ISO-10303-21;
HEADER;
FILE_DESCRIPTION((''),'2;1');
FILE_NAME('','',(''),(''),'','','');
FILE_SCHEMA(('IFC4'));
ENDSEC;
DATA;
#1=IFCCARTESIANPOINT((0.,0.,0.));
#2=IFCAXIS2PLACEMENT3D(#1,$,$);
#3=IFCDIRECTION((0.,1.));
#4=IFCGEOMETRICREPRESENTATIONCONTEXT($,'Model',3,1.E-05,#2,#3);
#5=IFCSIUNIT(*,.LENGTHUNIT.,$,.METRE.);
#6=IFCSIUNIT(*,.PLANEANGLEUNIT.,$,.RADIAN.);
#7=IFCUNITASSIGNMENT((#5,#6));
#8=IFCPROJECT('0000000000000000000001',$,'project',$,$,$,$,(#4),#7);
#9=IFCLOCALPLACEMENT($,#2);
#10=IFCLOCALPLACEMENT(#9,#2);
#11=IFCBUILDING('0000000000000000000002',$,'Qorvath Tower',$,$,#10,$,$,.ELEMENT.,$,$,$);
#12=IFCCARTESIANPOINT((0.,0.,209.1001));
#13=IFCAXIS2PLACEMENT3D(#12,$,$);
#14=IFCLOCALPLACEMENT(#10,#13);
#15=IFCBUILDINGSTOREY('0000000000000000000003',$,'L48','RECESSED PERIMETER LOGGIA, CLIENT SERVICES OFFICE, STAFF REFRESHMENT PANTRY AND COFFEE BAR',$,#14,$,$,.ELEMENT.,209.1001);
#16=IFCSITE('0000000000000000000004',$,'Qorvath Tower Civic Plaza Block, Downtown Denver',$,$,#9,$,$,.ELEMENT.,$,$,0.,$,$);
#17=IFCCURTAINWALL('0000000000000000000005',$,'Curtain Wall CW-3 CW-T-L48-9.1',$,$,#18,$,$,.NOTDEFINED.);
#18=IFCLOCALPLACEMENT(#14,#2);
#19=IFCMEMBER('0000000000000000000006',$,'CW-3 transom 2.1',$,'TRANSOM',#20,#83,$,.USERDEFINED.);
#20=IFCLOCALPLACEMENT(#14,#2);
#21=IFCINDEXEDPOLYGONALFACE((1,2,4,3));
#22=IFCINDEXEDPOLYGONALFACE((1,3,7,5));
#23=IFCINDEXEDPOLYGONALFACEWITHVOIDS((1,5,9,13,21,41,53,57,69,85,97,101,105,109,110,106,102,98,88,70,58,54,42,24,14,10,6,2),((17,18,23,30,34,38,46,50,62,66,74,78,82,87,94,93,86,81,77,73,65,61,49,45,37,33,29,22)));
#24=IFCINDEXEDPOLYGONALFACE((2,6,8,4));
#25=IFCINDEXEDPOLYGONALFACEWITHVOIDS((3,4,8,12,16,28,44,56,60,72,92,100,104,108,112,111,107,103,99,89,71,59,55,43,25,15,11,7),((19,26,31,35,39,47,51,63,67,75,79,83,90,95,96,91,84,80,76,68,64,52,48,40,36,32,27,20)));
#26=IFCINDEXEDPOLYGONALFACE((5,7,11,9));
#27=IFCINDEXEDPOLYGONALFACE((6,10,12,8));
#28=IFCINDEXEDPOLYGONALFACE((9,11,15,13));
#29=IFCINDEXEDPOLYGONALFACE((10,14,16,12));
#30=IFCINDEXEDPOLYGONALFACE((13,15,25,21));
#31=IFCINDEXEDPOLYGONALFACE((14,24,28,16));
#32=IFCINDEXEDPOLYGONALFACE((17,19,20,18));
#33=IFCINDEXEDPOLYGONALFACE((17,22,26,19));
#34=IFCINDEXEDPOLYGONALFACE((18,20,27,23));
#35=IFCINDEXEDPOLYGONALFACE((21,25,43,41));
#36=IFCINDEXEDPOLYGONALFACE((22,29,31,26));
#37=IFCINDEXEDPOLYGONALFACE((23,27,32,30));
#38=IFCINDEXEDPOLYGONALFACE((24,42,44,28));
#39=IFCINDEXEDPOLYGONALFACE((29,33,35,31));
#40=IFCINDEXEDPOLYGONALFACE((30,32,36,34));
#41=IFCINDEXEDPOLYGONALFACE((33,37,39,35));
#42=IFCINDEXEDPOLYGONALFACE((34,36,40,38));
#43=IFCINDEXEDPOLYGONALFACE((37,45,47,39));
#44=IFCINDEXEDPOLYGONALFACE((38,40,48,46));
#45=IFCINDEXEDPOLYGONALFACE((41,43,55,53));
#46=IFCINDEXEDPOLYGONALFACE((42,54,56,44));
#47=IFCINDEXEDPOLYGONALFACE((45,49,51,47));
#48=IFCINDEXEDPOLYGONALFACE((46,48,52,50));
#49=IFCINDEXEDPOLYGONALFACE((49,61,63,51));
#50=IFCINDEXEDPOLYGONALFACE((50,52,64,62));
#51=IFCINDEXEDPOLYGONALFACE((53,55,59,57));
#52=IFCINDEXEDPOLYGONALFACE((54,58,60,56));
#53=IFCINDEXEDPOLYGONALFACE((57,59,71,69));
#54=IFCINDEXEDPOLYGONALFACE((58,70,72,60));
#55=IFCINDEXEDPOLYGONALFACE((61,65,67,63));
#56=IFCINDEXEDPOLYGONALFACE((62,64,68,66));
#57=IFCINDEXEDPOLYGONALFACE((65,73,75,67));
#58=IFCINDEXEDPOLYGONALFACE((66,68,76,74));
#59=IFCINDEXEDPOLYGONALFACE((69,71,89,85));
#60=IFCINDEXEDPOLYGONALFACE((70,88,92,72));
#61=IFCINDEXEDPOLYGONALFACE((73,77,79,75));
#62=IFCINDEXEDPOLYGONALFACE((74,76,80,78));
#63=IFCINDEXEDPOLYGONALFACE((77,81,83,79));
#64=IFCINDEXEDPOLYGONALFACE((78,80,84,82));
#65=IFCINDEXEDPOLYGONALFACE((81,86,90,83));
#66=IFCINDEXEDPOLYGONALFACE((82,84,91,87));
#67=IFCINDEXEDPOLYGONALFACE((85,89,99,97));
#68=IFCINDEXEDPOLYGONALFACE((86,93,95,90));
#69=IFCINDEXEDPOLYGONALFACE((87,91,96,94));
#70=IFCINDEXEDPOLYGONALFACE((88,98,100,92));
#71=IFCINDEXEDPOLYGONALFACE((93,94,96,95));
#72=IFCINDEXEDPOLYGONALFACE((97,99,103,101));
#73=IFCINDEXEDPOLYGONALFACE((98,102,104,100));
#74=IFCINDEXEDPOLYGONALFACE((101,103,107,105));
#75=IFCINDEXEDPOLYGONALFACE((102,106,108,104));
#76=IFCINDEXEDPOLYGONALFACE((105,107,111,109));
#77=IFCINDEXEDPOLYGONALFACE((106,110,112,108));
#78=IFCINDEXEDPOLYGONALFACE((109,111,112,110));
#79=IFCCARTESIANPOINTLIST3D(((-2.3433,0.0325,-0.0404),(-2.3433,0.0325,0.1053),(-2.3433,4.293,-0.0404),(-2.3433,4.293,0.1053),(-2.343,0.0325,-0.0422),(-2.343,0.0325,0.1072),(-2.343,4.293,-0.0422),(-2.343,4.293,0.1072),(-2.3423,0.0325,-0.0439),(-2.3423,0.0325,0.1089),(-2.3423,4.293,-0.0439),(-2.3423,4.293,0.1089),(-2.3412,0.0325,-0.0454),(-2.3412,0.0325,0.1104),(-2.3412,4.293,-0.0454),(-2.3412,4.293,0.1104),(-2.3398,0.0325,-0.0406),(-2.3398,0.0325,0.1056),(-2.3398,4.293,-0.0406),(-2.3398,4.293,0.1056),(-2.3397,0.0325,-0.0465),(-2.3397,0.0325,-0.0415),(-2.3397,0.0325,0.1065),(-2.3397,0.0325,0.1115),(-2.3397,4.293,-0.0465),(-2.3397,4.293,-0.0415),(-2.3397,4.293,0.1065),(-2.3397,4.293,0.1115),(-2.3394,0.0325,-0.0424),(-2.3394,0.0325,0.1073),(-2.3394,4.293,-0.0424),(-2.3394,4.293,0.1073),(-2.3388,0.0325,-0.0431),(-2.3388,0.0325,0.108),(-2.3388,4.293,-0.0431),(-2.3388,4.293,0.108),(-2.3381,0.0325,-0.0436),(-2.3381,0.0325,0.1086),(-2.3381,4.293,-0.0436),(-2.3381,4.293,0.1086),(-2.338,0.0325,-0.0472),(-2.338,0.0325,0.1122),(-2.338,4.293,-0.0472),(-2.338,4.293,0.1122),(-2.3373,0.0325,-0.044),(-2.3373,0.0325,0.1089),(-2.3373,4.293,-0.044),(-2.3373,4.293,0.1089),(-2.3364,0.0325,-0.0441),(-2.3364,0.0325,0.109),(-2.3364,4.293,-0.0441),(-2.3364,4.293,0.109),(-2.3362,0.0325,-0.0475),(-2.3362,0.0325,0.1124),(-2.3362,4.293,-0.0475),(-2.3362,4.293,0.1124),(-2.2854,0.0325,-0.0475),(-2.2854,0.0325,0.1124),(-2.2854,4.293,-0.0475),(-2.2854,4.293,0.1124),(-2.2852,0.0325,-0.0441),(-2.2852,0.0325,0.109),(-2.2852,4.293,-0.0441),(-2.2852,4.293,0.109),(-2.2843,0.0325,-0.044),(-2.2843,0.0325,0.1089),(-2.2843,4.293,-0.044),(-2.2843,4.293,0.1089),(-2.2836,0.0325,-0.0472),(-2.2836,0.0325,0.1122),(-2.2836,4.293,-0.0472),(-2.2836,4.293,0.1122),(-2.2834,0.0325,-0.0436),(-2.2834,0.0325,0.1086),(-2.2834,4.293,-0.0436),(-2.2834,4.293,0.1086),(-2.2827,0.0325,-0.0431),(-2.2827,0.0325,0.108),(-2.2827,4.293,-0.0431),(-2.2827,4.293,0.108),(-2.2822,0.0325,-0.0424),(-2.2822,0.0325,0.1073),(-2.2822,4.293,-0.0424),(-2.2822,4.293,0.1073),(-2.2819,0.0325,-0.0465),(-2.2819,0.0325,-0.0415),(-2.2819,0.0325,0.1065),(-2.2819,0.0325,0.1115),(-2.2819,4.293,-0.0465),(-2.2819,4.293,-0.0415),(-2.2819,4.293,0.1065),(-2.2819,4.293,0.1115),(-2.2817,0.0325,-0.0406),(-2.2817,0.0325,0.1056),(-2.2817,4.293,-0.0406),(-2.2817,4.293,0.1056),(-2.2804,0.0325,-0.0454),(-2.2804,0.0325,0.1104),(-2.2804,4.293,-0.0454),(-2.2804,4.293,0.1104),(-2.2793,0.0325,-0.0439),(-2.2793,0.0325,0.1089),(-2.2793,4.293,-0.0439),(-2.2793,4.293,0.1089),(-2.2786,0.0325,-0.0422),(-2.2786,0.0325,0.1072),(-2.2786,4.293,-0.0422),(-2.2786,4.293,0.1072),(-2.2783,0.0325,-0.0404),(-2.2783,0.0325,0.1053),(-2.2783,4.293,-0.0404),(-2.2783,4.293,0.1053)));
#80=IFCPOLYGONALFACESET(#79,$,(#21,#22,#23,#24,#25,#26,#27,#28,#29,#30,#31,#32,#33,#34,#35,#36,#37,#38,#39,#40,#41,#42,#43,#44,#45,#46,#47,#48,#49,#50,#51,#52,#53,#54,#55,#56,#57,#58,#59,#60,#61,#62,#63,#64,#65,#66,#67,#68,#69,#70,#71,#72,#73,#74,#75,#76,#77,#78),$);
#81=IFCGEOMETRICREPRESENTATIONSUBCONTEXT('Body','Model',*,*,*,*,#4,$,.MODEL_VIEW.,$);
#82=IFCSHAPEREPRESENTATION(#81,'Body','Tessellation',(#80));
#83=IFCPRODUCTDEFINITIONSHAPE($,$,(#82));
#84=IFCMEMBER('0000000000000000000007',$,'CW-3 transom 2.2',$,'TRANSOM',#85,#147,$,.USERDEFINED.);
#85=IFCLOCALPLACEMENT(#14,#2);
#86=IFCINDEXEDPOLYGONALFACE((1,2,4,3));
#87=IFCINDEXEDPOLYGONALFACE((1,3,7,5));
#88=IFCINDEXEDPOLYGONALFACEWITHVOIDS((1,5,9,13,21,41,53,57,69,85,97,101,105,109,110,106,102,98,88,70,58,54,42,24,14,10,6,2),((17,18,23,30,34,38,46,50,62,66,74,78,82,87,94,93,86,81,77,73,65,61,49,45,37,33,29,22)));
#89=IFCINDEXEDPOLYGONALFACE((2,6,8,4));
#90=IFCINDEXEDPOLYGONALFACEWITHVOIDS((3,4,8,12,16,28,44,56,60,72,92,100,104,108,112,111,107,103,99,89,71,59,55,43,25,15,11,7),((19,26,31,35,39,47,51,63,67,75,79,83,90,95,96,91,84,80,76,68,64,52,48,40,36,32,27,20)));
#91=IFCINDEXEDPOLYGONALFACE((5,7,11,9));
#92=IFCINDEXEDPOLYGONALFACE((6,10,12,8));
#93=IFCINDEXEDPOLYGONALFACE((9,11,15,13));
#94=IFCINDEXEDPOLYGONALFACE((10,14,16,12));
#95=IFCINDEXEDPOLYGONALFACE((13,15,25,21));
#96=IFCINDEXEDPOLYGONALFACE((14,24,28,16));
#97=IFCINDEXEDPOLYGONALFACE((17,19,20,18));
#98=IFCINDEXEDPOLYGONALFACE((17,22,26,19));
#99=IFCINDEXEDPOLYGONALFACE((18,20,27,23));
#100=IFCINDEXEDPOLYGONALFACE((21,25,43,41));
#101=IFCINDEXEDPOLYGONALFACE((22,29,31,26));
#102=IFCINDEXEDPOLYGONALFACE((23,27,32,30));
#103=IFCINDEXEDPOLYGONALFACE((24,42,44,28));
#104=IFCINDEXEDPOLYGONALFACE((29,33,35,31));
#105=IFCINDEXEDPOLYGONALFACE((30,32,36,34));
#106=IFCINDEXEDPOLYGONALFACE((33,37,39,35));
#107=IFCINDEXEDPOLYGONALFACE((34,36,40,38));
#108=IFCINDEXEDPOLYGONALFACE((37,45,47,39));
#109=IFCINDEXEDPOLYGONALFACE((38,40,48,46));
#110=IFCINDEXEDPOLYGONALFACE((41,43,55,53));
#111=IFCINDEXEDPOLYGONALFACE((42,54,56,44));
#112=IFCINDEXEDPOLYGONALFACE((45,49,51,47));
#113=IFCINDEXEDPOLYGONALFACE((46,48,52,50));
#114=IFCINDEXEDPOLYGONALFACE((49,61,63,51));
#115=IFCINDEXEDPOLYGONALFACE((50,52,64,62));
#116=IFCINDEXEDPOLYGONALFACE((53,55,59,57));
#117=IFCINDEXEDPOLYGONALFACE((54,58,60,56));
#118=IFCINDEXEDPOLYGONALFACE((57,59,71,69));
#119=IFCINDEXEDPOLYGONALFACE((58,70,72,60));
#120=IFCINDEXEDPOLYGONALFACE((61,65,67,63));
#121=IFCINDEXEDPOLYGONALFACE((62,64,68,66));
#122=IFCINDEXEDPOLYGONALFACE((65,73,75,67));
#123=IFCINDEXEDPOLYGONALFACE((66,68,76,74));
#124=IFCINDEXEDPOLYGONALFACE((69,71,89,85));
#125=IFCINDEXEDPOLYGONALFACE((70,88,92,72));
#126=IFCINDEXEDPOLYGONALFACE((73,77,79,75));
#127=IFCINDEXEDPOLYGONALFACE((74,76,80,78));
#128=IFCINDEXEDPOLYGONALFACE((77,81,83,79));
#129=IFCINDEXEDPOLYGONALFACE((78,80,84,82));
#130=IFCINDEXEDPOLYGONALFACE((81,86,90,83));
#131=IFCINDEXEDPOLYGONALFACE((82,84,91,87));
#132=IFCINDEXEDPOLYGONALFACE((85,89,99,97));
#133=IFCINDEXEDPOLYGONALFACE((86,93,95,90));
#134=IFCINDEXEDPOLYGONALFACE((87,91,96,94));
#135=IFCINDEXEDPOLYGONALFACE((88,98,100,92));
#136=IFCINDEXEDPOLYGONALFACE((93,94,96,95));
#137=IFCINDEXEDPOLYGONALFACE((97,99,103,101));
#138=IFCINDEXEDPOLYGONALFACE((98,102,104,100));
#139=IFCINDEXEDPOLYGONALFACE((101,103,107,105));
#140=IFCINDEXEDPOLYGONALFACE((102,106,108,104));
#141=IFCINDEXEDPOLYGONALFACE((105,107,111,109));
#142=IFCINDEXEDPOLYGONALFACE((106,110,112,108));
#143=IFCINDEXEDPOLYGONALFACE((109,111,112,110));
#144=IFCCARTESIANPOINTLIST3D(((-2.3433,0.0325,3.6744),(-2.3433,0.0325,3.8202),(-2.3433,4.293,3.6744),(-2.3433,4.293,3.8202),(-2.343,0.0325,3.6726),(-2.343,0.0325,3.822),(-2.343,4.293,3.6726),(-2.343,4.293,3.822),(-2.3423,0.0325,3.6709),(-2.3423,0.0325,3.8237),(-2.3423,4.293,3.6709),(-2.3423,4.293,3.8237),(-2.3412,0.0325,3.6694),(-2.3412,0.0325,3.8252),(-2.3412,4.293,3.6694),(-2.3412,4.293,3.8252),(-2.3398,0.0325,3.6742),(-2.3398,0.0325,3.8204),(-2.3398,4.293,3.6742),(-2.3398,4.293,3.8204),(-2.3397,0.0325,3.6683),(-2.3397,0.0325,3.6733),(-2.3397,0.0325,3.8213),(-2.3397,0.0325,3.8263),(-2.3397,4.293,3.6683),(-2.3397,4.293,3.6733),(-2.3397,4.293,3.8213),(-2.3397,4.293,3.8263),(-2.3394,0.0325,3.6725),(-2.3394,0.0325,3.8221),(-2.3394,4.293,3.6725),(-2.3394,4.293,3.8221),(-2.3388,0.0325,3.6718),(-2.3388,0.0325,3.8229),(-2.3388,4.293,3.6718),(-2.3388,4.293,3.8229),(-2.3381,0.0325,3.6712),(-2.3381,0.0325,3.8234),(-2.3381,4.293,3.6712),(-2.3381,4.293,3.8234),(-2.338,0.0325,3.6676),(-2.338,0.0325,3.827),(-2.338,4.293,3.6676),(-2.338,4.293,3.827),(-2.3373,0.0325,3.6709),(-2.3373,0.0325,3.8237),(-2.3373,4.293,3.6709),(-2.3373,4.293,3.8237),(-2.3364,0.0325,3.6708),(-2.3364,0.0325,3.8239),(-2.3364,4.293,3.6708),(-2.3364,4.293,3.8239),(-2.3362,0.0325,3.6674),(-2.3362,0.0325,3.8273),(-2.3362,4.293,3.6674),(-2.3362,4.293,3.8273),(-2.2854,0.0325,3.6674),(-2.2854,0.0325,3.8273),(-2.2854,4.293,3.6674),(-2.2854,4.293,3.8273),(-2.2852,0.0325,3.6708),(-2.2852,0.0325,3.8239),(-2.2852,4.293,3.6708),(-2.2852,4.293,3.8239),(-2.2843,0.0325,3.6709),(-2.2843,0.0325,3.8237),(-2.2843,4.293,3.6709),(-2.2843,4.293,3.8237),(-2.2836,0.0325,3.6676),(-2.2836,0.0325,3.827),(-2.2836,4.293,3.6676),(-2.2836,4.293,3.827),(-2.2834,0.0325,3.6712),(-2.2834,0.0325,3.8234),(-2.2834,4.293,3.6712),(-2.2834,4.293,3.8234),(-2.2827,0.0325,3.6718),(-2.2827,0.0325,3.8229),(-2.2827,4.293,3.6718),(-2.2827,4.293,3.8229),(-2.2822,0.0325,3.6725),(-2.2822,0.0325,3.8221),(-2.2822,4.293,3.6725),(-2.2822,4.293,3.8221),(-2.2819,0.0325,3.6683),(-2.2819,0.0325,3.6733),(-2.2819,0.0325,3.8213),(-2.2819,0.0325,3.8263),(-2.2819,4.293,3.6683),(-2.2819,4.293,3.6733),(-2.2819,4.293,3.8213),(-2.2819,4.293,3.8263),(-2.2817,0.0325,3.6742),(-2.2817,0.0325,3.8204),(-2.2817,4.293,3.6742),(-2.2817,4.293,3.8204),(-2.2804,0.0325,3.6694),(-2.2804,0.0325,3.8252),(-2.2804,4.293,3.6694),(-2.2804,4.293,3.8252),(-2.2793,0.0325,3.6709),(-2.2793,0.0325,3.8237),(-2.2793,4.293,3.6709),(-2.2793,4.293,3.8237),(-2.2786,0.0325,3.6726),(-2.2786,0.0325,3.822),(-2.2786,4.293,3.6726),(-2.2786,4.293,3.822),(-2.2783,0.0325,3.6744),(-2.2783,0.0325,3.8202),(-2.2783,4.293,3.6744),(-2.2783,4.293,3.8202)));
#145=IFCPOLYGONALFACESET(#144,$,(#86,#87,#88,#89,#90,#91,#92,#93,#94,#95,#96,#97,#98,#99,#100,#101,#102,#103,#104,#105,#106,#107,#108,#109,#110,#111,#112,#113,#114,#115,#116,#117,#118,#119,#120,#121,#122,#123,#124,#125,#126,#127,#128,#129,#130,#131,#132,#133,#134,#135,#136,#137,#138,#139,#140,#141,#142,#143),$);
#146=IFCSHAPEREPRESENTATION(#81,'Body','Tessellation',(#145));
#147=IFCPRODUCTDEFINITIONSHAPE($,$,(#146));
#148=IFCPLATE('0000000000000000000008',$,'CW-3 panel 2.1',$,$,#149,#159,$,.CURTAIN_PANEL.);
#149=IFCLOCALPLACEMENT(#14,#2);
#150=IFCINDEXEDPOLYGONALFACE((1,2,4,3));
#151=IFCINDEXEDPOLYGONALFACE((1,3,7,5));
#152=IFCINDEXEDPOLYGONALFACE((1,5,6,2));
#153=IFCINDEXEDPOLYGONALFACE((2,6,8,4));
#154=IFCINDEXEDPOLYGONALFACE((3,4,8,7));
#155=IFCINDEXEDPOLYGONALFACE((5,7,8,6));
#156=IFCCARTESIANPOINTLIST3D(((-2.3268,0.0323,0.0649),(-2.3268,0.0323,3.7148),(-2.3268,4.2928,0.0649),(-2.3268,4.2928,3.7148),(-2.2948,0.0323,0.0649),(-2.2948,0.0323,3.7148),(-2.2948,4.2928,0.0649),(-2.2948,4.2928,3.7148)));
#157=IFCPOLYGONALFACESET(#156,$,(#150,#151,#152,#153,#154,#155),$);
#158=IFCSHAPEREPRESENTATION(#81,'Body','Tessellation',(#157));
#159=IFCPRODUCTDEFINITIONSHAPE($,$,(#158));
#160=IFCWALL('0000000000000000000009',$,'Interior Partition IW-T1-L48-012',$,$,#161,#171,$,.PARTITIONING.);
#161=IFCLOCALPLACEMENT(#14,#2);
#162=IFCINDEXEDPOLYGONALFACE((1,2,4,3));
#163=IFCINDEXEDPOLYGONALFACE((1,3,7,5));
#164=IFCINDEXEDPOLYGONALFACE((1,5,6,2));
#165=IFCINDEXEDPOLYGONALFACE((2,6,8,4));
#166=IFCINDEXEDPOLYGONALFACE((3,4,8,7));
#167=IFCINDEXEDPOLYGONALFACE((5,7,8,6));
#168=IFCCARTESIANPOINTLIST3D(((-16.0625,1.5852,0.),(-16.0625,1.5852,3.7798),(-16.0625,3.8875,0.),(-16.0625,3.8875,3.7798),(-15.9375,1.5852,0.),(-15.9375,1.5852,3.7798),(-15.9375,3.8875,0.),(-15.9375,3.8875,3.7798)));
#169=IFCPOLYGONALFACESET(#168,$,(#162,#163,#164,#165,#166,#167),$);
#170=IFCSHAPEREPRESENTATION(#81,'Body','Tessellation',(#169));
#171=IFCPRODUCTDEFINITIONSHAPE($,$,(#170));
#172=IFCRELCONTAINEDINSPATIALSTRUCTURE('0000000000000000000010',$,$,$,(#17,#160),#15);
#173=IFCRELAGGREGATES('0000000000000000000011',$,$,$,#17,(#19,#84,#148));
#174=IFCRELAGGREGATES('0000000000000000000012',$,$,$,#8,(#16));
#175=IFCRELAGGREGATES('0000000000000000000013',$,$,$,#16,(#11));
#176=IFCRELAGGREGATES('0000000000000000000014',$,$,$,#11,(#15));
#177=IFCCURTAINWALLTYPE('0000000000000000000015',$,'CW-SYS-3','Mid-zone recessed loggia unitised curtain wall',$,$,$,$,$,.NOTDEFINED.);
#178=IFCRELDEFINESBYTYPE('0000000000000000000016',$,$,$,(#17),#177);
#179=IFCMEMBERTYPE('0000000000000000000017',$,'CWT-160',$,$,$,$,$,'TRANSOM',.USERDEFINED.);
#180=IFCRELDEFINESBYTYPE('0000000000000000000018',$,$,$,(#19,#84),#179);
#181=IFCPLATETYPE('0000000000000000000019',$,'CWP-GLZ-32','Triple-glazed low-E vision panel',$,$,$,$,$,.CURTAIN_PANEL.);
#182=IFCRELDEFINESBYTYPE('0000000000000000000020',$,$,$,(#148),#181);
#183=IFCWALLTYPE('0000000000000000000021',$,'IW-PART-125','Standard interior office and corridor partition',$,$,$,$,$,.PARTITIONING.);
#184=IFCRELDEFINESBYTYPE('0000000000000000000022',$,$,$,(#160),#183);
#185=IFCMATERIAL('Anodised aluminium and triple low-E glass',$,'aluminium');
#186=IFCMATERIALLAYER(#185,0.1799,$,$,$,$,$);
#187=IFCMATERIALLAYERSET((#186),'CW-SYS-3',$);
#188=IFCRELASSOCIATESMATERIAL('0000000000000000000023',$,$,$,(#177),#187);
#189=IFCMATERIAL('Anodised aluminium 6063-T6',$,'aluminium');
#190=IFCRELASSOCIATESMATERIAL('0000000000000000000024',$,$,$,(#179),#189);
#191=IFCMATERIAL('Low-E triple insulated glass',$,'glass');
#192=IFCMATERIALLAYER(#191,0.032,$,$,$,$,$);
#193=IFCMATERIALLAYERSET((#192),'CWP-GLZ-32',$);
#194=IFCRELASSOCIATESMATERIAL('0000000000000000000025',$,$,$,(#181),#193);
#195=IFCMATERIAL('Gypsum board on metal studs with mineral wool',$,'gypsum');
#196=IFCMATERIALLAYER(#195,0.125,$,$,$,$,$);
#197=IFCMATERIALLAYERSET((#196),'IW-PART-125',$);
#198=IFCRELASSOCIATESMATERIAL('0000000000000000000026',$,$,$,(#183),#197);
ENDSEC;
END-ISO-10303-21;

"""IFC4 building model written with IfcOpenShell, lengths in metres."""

from ifc_helpers import new_model, si_unit, direction, frame, frame_2d, origin, origin_2d, place, context, subcontext, project, spatial, rectangle, hollow_rectangle, extrude, material, layer, layer_set, material_profile, profile_set, type_object, element, aggregate, save


model = new_model("IFC4")

# Units and contexts
model_context = context("Model", 3, precision=1e-05, world=origin(), true_north=direction((0.0, 1.0)))
body_context = subcontext(model_context, "Body", "Model", "MODEL_VIEW")
ifc_project = project(units=[si_unit("LENGTHUNIT", "METRE"), si_unit("PLANEANGLEUNIT", "RADIAN")], contexts=[model_context])

# Site, building, storey
site_placement = place(None, origin())
site = spatial("IfcSite", under=ifc_project, at=site_placement, Name="Qorvath Tower Civic Plaza Block, Downtown Denver", CompositionType="ELEMENT", RefElevation=0.0)
building_placement = place(site_placement, origin())
building = spatial("IfcBuilding", under=site, at=building_placement, Name="Qorvath Tower", CompositionType="ELEMENT")
storey_placement = place(building_placement, frame((0.0, 0.0, 209.1001)))
storey = spatial("IfcBuildingStorey", under=building, at=storey_placement, Name="L48", Description="RECESSED PERIMETER LOGGIA, CLIENT SERVICES OFFICE, STAFF REFRESHMENT PANTRY AND COFFEE BAR", CompositionType="ELEMENT", Elevation=209.1001)

# Curtain wall, members, plate
ifc_material_1 = material(Name="Anodised aluminium and triple low-E glass", Category="aluminium")
ifc_layer_1 = layer(ifc_material_1, 0.1799)
ifc_layer_set_1 = layer_set([ifc_layer_1], Name="CW-SYS-3")
curtain_wall_type = type_object("IfcCurtainWallType", Name="CW-SYS-3", Description="Mid-zone recessed loggia unitised curtain wall", PredefinedType="NOTDEFINED", material=ifc_layer_set_1)
curtain_wall_placement = place(storey_placement, origin())
curtain_wall = element("IfcCurtainWall", 1, at=curtain_wall_placement, inside=storey, type_object=curtain_wall_type, Name="Curtain Wall CW-3 CW-T-L48-9.1", PredefinedType="NOTDEFINED")
ifc_material_2 = material(Name="Anodised aluminium 6063-T6", Category="aluminium")
ifc_material_profile = material_profile(ifc_material_2, hollow_rectangle(XDim=0.0649, YDim=0.1599, WallThickness=0.0034, InnerFilletRadius=0.0034, OuterFilletRadius=0.0071, at=origin_2d()), Name="CWT 160x65")
ifc_profile_set = profile_set([ifc_material_profile], Name="Anodised aluminium 6063-T6")
member_type = type_object("IfcMemberType", Name="CWT-160", ElementType="TRANSOM", PredefinedType="USERDEFINED", material=ifc_profile_set)
member_1_placement = place(storey_placement, frame((-2.3108, 0.0325, 0.0325), z_axis=(0.0, 1.0, 0.0), x_axis=(-1.0, 0.0, 0.0)))
member_1 = element("IfcMember", 2, at=member_1_placement, type_object=member_type, Name="CW-3 transom 2.1", ObjectType="TRANSOM", PredefinedType="USERDEFINED", context=body_context, shape_type="SweptSolid", body=[
    extrude(hollow_rectangle(XDim=0.0649, YDim=0.1599, WallThickness=0.0034, InnerFilletRadius=0.0034, OuterFilletRadius=0.0071, at=origin_2d()), origin(), (0.0, 0.0, 1.0), 4.2605),
])
member_2_placement = place(storey_placement, frame((-2.3108, 0.0325, 3.7473), z_axis=(0.0, 1.0, 0.0), x_axis=(-1.0, 0.0, 0.0)))
member_2 = element("IfcMember", 3, at=member_2_placement, type_object=member_type, Name="CW-3 transom 2.2", ObjectType="TRANSOM", PredefinedType="USERDEFINED", context=body_context, shape_type="SweptSolid", body=[
    extrude(hollow_rectangle(XDim=0.0649, YDim=0.1599, WallThickness=0.0034, InnerFilletRadius=0.0034, OuterFilletRadius=0.0071, at=origin_2d()), origin(), (0.0, 0.0, 1.0), 4.2605),
])
ifc_material_3 = material(Name="Low-E triple insulated glass", Category="glass")
ifc_layer_2 = layer(ifc_material_3, 0.032)
ifc_layer_set_2 = layer_set([ifc_layer_2], Name="CWP-GLZ-32")
plate_type = type_object("IfcPlateType", Name="CWP-GLZ-32", Description="Triple-glazed low-E vision panel", PredefinedType="CURTAIN_PANEL", material=ifc_layer_set_2)
plate_placement = place(storey_placement, frame((-2.3108, 2.1626, 0.0649), z_axis=(0.0, 0.0, 1.0), x_axis=(0.0, 1.0, 0.0)))
plate = element("IfcPlate", 4, at=plate_placement, type_object=plate_type, Name="CW-3 panel 2.1", PredefinedType="CURTAIN_PANEL", context=body_context, shape_type="SweptSolid", body=[
    extrude(rectangle(XDim=4.2605, YDim=0.032, at=origin_2d()), origin(), (0.0, 0.0, 1.0), 3.6499),
])
aggregate(curtain_wall, [member_1, member_2, plate])

# Wall
ifc_material_4 = material(Name="Gypsum board on metal studs with mineral wool", Category="gypsum")
ifc_layer_3 = layer(ifc_material_4, 0.125)
ifc_layer_set_3 = layer_set([ifc_layer_3], Name="IW-PART-125")
wall_type_1 = type_object("IfcWallType", Name="IW-PART-125", Description="Standard interior office and corridor partition", PredefinedType="PARTITIONING", material=ifc_layer_set_3)
wall_1_placement = place(storey_placement, frame((-16.0, 1.5852, 0.0), z_axis=(0.0, 0.0, 1.0), x_axis=(0.0, 1.0, 0.0)))
element("IfcWall", 5, at=wall_1_placement, inside=storey, type_object=wall_type_1, Name="Interior Partition IW-T1-L48-012", PredefinedType="PARTITIONING", context=body_context, shape_type="SweptSolid", body=[
    extrude(rectangle(XDim=2.3022, YDim=0.125, at=frame_2d((1.1511, 0.0))), origin(), (0.0, 0.0, 1.0), 3.7798),
])

save(model, "model.ifc")
